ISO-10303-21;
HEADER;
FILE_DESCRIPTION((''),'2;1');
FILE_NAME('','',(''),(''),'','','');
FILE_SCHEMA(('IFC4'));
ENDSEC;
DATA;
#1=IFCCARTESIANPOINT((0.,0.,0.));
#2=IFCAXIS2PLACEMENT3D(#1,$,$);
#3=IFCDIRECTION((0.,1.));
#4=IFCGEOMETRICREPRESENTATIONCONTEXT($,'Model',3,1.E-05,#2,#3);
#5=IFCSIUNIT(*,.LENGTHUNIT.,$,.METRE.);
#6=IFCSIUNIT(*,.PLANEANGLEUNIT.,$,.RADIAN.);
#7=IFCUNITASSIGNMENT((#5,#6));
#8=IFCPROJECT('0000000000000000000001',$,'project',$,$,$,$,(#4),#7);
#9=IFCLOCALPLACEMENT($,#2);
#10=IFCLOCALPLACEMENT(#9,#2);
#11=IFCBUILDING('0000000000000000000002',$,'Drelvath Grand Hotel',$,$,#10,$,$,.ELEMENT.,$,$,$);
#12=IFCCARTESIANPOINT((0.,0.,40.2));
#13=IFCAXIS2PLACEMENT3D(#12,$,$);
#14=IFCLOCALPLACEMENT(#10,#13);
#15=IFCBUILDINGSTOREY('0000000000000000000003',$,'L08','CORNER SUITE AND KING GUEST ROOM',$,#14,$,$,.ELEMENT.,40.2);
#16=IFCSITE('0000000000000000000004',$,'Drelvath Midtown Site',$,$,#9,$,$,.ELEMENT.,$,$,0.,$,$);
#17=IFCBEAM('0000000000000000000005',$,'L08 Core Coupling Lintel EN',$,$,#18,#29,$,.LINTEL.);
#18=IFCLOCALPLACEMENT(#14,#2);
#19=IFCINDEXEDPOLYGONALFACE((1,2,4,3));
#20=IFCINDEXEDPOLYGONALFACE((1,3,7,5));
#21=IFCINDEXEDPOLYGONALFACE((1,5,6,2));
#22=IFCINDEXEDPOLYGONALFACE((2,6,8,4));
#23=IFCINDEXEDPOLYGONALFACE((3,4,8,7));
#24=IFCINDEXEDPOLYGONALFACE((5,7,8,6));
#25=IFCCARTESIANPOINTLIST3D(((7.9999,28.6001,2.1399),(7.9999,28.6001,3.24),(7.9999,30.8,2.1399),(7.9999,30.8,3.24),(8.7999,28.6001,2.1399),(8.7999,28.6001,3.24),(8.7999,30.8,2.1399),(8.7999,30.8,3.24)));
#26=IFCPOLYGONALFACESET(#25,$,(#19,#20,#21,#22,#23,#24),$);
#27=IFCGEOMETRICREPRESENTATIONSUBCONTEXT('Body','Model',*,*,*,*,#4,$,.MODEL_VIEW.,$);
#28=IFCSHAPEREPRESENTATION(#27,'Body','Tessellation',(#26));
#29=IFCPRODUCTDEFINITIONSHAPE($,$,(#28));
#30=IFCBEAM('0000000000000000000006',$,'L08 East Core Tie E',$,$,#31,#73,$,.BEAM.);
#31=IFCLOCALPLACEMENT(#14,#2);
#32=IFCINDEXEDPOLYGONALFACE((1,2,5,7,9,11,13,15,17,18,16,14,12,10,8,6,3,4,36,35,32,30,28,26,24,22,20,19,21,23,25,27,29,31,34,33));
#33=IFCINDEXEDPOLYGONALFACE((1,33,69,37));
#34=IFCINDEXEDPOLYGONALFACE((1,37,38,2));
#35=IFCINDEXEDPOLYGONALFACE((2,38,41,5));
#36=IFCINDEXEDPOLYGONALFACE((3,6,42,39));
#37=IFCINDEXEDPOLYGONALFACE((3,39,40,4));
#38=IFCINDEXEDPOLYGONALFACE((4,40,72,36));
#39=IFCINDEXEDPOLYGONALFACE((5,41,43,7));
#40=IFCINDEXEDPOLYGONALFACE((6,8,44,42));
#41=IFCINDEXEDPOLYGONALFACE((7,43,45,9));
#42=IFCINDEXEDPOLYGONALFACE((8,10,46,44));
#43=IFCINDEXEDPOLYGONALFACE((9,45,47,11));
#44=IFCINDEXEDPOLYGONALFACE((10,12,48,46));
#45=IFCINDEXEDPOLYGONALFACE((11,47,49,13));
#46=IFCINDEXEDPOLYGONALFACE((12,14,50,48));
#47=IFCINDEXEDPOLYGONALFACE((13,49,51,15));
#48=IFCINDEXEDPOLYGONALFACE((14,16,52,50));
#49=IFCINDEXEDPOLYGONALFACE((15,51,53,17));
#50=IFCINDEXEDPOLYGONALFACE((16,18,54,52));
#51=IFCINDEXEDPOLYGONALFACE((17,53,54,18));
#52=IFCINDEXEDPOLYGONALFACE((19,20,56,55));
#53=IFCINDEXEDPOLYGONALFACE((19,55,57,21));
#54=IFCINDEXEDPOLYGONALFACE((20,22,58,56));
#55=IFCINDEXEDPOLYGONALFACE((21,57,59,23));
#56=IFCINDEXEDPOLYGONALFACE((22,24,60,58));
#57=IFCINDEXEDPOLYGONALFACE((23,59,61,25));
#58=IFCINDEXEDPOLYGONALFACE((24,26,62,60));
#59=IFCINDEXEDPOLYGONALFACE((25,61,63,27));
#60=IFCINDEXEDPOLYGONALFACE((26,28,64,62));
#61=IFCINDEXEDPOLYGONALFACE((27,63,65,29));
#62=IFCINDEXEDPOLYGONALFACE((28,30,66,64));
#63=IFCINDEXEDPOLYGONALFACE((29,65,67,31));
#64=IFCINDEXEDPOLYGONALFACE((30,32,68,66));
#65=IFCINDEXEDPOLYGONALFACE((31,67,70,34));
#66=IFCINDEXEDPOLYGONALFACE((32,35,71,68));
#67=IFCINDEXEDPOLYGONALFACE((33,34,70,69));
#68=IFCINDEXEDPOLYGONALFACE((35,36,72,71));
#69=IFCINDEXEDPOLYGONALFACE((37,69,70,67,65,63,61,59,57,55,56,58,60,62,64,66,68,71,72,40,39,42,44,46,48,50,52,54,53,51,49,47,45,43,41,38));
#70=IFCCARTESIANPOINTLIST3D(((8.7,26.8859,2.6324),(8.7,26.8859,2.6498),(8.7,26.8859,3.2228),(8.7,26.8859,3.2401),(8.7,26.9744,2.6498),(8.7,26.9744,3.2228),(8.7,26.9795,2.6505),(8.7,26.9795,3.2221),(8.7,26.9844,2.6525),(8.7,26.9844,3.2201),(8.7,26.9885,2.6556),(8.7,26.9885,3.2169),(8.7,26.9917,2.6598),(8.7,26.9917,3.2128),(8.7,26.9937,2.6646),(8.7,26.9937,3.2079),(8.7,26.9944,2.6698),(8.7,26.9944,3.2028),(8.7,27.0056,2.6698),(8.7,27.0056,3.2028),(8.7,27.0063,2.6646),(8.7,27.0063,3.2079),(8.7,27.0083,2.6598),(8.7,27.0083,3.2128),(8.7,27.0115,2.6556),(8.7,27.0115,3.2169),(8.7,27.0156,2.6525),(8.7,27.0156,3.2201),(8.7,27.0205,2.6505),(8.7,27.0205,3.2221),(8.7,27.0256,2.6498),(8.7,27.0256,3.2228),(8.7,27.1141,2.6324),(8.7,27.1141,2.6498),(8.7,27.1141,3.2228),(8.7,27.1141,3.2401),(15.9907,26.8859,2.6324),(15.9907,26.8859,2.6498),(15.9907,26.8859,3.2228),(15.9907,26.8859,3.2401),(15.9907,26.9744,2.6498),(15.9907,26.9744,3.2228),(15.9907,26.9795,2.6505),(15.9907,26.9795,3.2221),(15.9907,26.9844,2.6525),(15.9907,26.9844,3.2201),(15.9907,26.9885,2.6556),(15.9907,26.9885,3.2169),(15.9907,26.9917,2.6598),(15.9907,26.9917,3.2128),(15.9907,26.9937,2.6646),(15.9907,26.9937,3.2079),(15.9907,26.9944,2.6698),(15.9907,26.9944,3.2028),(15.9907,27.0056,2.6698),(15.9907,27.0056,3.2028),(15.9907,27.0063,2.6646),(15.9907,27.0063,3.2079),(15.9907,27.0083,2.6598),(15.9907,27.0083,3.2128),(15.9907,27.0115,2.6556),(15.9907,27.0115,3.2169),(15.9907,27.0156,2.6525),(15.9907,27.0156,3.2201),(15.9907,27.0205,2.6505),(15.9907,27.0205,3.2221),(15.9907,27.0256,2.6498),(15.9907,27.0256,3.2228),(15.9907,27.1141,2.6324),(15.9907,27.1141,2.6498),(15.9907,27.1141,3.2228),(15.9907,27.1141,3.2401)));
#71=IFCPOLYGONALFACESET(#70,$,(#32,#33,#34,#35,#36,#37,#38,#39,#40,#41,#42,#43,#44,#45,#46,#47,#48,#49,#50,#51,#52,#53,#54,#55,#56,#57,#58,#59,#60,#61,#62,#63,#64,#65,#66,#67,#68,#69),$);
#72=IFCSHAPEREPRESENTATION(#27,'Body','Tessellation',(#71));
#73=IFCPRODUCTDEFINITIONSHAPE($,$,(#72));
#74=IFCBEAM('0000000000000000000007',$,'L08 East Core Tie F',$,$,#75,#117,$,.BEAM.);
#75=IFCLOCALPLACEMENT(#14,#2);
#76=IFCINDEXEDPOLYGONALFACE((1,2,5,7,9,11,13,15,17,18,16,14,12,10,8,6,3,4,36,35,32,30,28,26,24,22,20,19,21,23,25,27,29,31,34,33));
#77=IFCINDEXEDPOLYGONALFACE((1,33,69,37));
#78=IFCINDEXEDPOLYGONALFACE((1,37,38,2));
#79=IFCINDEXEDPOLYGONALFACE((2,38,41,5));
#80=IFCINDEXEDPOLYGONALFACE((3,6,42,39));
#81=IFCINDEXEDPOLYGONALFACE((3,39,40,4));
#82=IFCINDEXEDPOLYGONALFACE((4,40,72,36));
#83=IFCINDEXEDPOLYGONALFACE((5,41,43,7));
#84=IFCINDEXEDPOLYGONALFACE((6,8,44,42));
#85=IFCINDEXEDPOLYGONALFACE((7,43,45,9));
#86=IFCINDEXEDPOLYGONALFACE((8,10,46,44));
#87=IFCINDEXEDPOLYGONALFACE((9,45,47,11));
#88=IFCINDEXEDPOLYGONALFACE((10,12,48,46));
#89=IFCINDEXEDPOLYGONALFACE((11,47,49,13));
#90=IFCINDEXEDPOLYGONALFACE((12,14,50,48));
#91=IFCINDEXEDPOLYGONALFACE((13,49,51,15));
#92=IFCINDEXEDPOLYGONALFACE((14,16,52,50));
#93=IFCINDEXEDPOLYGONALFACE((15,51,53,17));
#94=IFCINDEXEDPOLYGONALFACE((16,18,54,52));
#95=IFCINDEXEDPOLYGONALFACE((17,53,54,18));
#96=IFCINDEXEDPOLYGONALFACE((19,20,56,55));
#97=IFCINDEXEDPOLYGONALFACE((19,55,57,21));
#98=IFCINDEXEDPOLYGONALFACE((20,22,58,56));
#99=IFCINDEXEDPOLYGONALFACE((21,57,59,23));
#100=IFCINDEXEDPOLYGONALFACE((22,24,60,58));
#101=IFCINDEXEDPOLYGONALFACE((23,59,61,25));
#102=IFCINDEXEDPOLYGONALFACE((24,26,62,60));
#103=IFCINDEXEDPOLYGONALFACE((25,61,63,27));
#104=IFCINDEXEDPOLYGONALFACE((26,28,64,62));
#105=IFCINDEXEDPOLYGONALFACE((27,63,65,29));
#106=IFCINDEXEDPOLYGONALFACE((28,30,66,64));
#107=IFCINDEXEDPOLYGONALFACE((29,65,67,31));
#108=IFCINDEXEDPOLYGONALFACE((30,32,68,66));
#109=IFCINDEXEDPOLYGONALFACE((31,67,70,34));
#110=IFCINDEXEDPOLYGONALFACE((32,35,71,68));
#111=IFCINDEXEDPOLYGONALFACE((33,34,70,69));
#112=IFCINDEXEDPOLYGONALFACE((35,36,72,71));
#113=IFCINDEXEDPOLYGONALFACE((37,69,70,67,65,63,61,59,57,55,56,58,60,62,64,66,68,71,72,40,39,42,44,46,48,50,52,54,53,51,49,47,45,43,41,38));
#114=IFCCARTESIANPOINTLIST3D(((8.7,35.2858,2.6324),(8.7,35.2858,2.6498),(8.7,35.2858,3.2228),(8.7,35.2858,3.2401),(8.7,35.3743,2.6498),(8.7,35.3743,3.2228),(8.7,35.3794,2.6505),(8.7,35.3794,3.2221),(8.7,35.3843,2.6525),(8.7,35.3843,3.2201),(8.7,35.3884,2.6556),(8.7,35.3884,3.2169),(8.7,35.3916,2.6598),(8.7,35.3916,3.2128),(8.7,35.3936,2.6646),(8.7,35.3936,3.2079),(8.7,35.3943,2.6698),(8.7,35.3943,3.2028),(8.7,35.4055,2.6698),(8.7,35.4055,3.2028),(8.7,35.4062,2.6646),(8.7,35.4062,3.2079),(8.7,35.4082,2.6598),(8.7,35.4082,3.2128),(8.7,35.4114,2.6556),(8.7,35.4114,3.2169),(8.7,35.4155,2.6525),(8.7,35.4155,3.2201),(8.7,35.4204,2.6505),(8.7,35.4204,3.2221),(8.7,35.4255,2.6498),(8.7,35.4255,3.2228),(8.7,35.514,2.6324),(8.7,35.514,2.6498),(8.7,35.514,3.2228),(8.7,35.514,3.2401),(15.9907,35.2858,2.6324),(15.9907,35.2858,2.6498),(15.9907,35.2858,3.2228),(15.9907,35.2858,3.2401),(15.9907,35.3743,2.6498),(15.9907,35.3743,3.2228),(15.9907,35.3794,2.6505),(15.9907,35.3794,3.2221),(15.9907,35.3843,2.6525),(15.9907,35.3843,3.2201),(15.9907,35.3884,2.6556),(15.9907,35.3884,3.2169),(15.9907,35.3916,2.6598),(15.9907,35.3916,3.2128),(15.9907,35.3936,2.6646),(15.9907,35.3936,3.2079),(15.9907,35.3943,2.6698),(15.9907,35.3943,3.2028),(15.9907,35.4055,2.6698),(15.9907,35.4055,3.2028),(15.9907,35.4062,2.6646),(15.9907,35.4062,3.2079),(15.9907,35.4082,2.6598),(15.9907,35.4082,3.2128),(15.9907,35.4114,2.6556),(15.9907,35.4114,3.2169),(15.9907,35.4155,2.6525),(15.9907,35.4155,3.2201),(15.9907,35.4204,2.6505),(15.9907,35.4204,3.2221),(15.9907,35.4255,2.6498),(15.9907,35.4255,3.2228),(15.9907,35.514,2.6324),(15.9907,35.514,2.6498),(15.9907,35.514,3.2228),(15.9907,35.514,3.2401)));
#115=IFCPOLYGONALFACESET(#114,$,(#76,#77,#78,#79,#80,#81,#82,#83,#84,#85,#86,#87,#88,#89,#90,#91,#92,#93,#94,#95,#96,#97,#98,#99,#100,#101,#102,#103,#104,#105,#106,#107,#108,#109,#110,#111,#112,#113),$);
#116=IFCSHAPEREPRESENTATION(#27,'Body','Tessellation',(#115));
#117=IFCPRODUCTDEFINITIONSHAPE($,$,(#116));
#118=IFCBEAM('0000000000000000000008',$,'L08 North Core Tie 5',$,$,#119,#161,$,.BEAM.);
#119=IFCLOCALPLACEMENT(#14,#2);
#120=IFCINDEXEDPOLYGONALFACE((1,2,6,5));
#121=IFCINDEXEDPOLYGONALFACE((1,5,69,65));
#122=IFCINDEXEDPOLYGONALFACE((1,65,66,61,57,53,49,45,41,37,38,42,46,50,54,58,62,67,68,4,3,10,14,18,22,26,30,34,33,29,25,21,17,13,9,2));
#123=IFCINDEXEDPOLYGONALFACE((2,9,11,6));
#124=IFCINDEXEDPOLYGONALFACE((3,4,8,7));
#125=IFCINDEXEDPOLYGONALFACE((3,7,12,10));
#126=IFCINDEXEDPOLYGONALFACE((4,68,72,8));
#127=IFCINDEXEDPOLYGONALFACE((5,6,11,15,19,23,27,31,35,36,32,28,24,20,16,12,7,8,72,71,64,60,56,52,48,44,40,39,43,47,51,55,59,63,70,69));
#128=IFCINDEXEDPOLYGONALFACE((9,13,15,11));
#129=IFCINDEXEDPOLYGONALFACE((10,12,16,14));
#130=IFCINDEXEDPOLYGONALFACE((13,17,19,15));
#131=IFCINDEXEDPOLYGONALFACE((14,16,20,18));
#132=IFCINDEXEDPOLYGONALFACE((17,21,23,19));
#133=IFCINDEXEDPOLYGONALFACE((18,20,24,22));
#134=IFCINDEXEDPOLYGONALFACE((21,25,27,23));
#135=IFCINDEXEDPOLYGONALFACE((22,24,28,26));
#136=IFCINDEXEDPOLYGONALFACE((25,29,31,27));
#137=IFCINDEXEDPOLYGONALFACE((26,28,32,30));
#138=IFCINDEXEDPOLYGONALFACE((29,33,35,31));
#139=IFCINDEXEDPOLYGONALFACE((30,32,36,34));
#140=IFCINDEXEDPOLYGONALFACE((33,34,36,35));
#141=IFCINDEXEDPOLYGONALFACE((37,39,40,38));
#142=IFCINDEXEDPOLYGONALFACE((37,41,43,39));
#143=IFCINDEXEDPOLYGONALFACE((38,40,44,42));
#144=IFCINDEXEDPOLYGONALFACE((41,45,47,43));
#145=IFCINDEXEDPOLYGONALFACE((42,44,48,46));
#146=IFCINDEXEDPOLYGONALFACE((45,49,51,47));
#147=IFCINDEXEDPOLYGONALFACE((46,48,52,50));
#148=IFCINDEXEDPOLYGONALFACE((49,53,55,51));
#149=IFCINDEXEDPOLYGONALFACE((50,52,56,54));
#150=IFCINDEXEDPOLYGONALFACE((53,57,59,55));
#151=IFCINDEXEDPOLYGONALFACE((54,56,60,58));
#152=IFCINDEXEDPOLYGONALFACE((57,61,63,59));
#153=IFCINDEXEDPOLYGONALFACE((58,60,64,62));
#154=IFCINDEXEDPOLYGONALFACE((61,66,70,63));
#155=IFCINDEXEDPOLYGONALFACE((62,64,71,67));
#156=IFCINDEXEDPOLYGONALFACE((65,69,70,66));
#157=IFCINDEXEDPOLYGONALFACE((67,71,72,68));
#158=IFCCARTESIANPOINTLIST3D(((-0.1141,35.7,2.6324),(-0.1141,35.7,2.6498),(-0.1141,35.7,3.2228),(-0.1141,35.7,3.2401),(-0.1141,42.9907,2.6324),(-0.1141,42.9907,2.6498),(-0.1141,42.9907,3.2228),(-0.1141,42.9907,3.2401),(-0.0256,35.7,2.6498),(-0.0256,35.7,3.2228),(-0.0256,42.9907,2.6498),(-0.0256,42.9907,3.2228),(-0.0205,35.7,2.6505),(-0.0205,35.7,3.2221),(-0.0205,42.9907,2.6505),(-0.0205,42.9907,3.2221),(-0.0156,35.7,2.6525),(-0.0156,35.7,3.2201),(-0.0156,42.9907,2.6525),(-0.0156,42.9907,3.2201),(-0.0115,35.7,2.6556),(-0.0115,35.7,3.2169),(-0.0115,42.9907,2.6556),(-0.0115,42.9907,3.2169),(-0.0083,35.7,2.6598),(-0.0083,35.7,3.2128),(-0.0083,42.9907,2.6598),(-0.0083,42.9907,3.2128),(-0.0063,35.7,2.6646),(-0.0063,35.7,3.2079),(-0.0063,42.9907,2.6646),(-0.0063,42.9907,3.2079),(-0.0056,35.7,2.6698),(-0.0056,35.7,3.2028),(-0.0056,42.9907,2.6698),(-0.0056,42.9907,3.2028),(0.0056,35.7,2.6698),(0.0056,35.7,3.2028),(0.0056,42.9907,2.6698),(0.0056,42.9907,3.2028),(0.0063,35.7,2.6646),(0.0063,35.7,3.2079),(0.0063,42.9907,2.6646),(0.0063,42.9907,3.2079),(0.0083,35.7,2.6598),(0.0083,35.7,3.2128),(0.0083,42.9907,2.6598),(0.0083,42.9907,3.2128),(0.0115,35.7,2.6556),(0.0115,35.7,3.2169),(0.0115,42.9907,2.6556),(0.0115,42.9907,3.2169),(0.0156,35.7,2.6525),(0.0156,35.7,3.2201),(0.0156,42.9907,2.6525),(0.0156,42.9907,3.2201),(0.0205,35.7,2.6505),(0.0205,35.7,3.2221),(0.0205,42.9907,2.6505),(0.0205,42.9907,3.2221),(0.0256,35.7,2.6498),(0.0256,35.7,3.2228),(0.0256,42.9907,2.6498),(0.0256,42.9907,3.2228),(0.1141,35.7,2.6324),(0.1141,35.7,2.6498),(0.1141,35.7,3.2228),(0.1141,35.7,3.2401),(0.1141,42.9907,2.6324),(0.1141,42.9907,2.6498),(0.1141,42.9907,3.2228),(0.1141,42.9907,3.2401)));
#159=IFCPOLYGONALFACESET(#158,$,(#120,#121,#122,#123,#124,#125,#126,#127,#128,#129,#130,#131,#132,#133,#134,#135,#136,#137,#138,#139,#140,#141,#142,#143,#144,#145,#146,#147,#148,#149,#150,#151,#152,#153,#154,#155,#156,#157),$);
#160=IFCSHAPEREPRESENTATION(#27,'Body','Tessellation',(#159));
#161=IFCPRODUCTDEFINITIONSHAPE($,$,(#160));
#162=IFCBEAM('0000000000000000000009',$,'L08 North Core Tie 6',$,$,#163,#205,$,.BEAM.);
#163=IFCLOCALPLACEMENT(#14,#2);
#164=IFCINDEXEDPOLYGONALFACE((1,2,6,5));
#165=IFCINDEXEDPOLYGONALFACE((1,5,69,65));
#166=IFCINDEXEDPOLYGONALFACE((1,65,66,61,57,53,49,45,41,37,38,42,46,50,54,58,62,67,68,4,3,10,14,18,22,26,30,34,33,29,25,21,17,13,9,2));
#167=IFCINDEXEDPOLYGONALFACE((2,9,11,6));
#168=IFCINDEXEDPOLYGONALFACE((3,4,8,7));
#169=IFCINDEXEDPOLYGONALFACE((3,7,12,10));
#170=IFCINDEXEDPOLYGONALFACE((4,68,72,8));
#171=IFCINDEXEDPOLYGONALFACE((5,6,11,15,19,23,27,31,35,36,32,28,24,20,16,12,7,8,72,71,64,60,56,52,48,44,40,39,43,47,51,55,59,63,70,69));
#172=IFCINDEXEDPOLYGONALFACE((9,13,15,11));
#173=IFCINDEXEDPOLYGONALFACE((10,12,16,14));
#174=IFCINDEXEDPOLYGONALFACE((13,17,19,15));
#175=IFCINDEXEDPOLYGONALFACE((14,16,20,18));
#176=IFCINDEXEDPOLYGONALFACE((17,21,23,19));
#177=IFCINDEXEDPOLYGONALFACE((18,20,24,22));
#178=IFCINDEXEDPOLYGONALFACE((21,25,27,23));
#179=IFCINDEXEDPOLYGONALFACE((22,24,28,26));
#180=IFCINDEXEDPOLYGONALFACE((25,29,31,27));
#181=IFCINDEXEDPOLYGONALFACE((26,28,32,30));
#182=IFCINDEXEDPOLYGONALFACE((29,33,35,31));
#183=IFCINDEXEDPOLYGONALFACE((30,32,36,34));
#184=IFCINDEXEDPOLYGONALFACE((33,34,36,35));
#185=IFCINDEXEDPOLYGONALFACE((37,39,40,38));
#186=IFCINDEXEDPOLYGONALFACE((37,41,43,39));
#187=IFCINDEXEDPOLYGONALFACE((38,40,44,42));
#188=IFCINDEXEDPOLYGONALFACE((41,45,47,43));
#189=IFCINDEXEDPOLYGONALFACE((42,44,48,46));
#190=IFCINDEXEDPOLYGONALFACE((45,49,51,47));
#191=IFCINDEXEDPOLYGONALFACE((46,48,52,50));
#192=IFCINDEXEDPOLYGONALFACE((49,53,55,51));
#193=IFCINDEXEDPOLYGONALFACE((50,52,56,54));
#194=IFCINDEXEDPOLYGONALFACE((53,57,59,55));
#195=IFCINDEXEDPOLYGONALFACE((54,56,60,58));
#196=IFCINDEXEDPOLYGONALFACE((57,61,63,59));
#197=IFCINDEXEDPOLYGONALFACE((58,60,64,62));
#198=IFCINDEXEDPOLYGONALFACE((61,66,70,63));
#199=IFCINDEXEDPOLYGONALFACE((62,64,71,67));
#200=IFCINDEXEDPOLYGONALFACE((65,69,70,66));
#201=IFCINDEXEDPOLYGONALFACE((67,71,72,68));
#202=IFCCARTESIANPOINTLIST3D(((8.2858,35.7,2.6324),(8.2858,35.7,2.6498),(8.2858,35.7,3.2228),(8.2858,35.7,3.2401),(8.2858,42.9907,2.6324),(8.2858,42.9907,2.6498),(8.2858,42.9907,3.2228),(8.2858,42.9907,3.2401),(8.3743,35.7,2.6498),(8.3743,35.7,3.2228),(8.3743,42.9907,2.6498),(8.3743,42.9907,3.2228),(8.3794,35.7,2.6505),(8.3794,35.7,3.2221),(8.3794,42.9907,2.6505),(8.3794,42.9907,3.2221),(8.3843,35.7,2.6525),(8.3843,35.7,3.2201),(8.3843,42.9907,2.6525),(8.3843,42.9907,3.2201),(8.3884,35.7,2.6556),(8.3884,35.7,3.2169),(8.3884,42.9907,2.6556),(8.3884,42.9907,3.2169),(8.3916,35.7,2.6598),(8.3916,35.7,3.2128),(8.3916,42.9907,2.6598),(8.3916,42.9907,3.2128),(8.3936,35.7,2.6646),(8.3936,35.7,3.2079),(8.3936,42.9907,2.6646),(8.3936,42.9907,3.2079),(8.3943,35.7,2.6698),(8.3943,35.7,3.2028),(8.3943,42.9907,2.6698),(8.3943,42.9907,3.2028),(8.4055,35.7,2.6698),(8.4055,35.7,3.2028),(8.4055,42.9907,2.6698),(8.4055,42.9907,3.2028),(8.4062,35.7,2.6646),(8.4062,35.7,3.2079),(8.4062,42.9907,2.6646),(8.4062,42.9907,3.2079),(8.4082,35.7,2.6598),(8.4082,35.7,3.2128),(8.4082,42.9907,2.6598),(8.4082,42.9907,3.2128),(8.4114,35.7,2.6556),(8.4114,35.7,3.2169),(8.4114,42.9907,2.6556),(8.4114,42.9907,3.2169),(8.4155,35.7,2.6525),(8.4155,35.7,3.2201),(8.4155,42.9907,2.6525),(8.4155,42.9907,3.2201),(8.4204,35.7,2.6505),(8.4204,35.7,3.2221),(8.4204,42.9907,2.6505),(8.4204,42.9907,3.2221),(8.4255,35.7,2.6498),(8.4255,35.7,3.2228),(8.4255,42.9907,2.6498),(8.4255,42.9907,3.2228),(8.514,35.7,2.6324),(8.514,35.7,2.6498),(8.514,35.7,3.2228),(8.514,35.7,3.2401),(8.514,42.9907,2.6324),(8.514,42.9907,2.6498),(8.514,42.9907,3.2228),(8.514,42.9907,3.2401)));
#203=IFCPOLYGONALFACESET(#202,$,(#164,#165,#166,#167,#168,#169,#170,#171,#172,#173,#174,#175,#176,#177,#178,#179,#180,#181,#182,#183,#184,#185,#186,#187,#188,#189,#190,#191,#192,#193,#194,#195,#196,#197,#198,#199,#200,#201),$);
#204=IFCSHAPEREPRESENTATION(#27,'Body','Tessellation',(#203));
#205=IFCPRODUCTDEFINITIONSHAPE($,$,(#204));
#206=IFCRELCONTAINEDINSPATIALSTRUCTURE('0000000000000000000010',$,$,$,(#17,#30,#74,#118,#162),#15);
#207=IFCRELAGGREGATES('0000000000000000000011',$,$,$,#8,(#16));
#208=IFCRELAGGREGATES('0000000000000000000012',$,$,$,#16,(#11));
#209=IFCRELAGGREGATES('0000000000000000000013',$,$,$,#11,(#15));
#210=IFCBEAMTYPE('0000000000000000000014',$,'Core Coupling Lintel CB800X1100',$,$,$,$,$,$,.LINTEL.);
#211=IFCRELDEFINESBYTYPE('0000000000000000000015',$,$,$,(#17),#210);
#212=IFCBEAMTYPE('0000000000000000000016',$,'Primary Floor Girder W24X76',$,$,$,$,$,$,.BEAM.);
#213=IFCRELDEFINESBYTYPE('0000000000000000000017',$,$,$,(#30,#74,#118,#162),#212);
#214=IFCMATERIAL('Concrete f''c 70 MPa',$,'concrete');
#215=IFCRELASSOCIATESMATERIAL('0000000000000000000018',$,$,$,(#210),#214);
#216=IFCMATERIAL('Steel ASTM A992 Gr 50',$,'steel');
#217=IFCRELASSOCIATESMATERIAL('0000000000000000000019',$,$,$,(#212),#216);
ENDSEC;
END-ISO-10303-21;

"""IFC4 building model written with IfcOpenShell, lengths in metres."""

from ifc_helpers import new_model, si_unit, direction, frame, origin, origin_2d, place, context, subcontext, project, spatial, rectangle, i_section, extrude, material, material_profile, profile_set, type_object, element, save


model = new_model("IFC4")

# Units and contexts
model_context = context("Model", 3, precision=1e-05, world=origin(), true_north=direction((0.0, 1.0)))
body_context = subcontext(model_context, "Body", "Model", "MODEL_VIEW")
ifc_project = project(units=[si_unit("LENGTHUNIT", "METRE"), si_unit("PLANEANGLEUNIT", "RADIAN")], contexts=[model_context])

# Site, building, storey
site_placement = place(None, origin())
site = spatial("IfcSite", under=ifc_project, at=site_placement, Name="Drelvath Midtown Site", CompositionType="ELEMENT", RefElevation=0.0)
building_placement = place(site_placement, origin())
building = spatial("IfcBuilding", under=site, at=building_placement, Name="Drelvath Grand Hotel", CompositionType="ELEMENT")
storey_placement = place(building_placement, frame((0.0, 0.0, 40.2)))
storey = spatial("IfcBuildingStorey", under=building, at=storey_placement, Name="L08", Description="CORNER SUITE AND KING GUEST ROOM", CompositionType="ELEMENT", Elevation=40.2)

# Beams
ifc_material_1 = material(Name="Concrete f'c 70 MPa", Category="concrete")
ifc_material_profile_1 = material_profile(ifc_material_1, rectangle(XDim=0.8, YDim=1.1001, at=origin_2d()), Name="CB800X1100")
ifc_profile_set_1 = profile_set([ifc_material_profile_1], Name="Concrete f'c 70 MPa")
beam_type_1 = type_object("IfcBeamType", Name="Core Coupling Lintel CB800X1100", PredefinedType="LINTEL", material=ifc_profile_set_1)
beam_placement = place(storey_placement, frame((8.3999, 28.6001, 2.6899), z_axis=(0.0, 1.0, 0.0), x_axis=(-1.0, 0.0, 0.0)))
element("IfcBeam", 1, at=beam_placement, inside=storey, type_object=beam_type_1, Name="L08 Core Coupling Lintel EN", PredefinedType="LINTEL", context=body_context, shape_type="SweptSolid", body=[
    extrude(rectangle(XDim=0.8, YDim=1.1001, at=origin_2d()), origin(), (0.0, 0.0, 1.0), 2.2),
])
ifc_material_2 = material(Name="Steel ASTM A992 Gr 50", Category="steel")
ifc_material_profile_2 = material_profile(ifc_material_2, i_section(OverallWidth=0.2283, OverallDepth=0.6077, WebThickness=0.0112, FlangeThickness=0.0173, FilletRadius=0.02, at=origin_2d()), Name="W24X76")
ifc_profile_set_2 = profile_set([ifc_material_profile_2], Name="Steel ASTM A992 Gr 50")
beam_type_2 = type_object("IfcBeamType", Name="Primary Floor Girder W24X76", PredefinedType="BEAM", material=ifc_profile_set_2)
for number, where, z_axis, x_axis, name in (
    (2, (8.7, 27.0, 2.9363), (1.0, 0.0, 0.0), (0.0, 1.0, 0.0), "L08 East Core Tie E"),
    (3, (8.7, 35.3999, 2.9363), (1.0, 0.0, 0.0), (0.0, 1.0, 0.0), "L08 East Core Tie F"),
    (4, (0.0, 35.7, 2.9363), (0.0, 1.0, 0.0), (-1.0, 0.0, 0.0), "L08 North Core Tie 5"),
    (5, (8.3999, 35.7, 2.9363), (0.0, 1.0, 0.0), (-1.0, 0.0, 0.0), "L08 North Core Tie 6"),
):
    element("IfcBeam", number, at=place(storey_placement, frame(where, z_axis=z_axis, x_axis=x_axis)), inside=storey, type_object=beam_type_2, Name=name, PredefinedType="BEAM", context=body_context, shape_type="SweptSolid", body=[
        extrude(i_section(OverallWidth=0.2283, OverallDepth=0.6077, WebThickness=0.0112, FlangeThickness=0.0173, FilletRadius=0.02, at=origin_2d()), origin(), (0.0, 0.0, 1.0), 7.2908),
    ])

save(model, "model.ifc")
